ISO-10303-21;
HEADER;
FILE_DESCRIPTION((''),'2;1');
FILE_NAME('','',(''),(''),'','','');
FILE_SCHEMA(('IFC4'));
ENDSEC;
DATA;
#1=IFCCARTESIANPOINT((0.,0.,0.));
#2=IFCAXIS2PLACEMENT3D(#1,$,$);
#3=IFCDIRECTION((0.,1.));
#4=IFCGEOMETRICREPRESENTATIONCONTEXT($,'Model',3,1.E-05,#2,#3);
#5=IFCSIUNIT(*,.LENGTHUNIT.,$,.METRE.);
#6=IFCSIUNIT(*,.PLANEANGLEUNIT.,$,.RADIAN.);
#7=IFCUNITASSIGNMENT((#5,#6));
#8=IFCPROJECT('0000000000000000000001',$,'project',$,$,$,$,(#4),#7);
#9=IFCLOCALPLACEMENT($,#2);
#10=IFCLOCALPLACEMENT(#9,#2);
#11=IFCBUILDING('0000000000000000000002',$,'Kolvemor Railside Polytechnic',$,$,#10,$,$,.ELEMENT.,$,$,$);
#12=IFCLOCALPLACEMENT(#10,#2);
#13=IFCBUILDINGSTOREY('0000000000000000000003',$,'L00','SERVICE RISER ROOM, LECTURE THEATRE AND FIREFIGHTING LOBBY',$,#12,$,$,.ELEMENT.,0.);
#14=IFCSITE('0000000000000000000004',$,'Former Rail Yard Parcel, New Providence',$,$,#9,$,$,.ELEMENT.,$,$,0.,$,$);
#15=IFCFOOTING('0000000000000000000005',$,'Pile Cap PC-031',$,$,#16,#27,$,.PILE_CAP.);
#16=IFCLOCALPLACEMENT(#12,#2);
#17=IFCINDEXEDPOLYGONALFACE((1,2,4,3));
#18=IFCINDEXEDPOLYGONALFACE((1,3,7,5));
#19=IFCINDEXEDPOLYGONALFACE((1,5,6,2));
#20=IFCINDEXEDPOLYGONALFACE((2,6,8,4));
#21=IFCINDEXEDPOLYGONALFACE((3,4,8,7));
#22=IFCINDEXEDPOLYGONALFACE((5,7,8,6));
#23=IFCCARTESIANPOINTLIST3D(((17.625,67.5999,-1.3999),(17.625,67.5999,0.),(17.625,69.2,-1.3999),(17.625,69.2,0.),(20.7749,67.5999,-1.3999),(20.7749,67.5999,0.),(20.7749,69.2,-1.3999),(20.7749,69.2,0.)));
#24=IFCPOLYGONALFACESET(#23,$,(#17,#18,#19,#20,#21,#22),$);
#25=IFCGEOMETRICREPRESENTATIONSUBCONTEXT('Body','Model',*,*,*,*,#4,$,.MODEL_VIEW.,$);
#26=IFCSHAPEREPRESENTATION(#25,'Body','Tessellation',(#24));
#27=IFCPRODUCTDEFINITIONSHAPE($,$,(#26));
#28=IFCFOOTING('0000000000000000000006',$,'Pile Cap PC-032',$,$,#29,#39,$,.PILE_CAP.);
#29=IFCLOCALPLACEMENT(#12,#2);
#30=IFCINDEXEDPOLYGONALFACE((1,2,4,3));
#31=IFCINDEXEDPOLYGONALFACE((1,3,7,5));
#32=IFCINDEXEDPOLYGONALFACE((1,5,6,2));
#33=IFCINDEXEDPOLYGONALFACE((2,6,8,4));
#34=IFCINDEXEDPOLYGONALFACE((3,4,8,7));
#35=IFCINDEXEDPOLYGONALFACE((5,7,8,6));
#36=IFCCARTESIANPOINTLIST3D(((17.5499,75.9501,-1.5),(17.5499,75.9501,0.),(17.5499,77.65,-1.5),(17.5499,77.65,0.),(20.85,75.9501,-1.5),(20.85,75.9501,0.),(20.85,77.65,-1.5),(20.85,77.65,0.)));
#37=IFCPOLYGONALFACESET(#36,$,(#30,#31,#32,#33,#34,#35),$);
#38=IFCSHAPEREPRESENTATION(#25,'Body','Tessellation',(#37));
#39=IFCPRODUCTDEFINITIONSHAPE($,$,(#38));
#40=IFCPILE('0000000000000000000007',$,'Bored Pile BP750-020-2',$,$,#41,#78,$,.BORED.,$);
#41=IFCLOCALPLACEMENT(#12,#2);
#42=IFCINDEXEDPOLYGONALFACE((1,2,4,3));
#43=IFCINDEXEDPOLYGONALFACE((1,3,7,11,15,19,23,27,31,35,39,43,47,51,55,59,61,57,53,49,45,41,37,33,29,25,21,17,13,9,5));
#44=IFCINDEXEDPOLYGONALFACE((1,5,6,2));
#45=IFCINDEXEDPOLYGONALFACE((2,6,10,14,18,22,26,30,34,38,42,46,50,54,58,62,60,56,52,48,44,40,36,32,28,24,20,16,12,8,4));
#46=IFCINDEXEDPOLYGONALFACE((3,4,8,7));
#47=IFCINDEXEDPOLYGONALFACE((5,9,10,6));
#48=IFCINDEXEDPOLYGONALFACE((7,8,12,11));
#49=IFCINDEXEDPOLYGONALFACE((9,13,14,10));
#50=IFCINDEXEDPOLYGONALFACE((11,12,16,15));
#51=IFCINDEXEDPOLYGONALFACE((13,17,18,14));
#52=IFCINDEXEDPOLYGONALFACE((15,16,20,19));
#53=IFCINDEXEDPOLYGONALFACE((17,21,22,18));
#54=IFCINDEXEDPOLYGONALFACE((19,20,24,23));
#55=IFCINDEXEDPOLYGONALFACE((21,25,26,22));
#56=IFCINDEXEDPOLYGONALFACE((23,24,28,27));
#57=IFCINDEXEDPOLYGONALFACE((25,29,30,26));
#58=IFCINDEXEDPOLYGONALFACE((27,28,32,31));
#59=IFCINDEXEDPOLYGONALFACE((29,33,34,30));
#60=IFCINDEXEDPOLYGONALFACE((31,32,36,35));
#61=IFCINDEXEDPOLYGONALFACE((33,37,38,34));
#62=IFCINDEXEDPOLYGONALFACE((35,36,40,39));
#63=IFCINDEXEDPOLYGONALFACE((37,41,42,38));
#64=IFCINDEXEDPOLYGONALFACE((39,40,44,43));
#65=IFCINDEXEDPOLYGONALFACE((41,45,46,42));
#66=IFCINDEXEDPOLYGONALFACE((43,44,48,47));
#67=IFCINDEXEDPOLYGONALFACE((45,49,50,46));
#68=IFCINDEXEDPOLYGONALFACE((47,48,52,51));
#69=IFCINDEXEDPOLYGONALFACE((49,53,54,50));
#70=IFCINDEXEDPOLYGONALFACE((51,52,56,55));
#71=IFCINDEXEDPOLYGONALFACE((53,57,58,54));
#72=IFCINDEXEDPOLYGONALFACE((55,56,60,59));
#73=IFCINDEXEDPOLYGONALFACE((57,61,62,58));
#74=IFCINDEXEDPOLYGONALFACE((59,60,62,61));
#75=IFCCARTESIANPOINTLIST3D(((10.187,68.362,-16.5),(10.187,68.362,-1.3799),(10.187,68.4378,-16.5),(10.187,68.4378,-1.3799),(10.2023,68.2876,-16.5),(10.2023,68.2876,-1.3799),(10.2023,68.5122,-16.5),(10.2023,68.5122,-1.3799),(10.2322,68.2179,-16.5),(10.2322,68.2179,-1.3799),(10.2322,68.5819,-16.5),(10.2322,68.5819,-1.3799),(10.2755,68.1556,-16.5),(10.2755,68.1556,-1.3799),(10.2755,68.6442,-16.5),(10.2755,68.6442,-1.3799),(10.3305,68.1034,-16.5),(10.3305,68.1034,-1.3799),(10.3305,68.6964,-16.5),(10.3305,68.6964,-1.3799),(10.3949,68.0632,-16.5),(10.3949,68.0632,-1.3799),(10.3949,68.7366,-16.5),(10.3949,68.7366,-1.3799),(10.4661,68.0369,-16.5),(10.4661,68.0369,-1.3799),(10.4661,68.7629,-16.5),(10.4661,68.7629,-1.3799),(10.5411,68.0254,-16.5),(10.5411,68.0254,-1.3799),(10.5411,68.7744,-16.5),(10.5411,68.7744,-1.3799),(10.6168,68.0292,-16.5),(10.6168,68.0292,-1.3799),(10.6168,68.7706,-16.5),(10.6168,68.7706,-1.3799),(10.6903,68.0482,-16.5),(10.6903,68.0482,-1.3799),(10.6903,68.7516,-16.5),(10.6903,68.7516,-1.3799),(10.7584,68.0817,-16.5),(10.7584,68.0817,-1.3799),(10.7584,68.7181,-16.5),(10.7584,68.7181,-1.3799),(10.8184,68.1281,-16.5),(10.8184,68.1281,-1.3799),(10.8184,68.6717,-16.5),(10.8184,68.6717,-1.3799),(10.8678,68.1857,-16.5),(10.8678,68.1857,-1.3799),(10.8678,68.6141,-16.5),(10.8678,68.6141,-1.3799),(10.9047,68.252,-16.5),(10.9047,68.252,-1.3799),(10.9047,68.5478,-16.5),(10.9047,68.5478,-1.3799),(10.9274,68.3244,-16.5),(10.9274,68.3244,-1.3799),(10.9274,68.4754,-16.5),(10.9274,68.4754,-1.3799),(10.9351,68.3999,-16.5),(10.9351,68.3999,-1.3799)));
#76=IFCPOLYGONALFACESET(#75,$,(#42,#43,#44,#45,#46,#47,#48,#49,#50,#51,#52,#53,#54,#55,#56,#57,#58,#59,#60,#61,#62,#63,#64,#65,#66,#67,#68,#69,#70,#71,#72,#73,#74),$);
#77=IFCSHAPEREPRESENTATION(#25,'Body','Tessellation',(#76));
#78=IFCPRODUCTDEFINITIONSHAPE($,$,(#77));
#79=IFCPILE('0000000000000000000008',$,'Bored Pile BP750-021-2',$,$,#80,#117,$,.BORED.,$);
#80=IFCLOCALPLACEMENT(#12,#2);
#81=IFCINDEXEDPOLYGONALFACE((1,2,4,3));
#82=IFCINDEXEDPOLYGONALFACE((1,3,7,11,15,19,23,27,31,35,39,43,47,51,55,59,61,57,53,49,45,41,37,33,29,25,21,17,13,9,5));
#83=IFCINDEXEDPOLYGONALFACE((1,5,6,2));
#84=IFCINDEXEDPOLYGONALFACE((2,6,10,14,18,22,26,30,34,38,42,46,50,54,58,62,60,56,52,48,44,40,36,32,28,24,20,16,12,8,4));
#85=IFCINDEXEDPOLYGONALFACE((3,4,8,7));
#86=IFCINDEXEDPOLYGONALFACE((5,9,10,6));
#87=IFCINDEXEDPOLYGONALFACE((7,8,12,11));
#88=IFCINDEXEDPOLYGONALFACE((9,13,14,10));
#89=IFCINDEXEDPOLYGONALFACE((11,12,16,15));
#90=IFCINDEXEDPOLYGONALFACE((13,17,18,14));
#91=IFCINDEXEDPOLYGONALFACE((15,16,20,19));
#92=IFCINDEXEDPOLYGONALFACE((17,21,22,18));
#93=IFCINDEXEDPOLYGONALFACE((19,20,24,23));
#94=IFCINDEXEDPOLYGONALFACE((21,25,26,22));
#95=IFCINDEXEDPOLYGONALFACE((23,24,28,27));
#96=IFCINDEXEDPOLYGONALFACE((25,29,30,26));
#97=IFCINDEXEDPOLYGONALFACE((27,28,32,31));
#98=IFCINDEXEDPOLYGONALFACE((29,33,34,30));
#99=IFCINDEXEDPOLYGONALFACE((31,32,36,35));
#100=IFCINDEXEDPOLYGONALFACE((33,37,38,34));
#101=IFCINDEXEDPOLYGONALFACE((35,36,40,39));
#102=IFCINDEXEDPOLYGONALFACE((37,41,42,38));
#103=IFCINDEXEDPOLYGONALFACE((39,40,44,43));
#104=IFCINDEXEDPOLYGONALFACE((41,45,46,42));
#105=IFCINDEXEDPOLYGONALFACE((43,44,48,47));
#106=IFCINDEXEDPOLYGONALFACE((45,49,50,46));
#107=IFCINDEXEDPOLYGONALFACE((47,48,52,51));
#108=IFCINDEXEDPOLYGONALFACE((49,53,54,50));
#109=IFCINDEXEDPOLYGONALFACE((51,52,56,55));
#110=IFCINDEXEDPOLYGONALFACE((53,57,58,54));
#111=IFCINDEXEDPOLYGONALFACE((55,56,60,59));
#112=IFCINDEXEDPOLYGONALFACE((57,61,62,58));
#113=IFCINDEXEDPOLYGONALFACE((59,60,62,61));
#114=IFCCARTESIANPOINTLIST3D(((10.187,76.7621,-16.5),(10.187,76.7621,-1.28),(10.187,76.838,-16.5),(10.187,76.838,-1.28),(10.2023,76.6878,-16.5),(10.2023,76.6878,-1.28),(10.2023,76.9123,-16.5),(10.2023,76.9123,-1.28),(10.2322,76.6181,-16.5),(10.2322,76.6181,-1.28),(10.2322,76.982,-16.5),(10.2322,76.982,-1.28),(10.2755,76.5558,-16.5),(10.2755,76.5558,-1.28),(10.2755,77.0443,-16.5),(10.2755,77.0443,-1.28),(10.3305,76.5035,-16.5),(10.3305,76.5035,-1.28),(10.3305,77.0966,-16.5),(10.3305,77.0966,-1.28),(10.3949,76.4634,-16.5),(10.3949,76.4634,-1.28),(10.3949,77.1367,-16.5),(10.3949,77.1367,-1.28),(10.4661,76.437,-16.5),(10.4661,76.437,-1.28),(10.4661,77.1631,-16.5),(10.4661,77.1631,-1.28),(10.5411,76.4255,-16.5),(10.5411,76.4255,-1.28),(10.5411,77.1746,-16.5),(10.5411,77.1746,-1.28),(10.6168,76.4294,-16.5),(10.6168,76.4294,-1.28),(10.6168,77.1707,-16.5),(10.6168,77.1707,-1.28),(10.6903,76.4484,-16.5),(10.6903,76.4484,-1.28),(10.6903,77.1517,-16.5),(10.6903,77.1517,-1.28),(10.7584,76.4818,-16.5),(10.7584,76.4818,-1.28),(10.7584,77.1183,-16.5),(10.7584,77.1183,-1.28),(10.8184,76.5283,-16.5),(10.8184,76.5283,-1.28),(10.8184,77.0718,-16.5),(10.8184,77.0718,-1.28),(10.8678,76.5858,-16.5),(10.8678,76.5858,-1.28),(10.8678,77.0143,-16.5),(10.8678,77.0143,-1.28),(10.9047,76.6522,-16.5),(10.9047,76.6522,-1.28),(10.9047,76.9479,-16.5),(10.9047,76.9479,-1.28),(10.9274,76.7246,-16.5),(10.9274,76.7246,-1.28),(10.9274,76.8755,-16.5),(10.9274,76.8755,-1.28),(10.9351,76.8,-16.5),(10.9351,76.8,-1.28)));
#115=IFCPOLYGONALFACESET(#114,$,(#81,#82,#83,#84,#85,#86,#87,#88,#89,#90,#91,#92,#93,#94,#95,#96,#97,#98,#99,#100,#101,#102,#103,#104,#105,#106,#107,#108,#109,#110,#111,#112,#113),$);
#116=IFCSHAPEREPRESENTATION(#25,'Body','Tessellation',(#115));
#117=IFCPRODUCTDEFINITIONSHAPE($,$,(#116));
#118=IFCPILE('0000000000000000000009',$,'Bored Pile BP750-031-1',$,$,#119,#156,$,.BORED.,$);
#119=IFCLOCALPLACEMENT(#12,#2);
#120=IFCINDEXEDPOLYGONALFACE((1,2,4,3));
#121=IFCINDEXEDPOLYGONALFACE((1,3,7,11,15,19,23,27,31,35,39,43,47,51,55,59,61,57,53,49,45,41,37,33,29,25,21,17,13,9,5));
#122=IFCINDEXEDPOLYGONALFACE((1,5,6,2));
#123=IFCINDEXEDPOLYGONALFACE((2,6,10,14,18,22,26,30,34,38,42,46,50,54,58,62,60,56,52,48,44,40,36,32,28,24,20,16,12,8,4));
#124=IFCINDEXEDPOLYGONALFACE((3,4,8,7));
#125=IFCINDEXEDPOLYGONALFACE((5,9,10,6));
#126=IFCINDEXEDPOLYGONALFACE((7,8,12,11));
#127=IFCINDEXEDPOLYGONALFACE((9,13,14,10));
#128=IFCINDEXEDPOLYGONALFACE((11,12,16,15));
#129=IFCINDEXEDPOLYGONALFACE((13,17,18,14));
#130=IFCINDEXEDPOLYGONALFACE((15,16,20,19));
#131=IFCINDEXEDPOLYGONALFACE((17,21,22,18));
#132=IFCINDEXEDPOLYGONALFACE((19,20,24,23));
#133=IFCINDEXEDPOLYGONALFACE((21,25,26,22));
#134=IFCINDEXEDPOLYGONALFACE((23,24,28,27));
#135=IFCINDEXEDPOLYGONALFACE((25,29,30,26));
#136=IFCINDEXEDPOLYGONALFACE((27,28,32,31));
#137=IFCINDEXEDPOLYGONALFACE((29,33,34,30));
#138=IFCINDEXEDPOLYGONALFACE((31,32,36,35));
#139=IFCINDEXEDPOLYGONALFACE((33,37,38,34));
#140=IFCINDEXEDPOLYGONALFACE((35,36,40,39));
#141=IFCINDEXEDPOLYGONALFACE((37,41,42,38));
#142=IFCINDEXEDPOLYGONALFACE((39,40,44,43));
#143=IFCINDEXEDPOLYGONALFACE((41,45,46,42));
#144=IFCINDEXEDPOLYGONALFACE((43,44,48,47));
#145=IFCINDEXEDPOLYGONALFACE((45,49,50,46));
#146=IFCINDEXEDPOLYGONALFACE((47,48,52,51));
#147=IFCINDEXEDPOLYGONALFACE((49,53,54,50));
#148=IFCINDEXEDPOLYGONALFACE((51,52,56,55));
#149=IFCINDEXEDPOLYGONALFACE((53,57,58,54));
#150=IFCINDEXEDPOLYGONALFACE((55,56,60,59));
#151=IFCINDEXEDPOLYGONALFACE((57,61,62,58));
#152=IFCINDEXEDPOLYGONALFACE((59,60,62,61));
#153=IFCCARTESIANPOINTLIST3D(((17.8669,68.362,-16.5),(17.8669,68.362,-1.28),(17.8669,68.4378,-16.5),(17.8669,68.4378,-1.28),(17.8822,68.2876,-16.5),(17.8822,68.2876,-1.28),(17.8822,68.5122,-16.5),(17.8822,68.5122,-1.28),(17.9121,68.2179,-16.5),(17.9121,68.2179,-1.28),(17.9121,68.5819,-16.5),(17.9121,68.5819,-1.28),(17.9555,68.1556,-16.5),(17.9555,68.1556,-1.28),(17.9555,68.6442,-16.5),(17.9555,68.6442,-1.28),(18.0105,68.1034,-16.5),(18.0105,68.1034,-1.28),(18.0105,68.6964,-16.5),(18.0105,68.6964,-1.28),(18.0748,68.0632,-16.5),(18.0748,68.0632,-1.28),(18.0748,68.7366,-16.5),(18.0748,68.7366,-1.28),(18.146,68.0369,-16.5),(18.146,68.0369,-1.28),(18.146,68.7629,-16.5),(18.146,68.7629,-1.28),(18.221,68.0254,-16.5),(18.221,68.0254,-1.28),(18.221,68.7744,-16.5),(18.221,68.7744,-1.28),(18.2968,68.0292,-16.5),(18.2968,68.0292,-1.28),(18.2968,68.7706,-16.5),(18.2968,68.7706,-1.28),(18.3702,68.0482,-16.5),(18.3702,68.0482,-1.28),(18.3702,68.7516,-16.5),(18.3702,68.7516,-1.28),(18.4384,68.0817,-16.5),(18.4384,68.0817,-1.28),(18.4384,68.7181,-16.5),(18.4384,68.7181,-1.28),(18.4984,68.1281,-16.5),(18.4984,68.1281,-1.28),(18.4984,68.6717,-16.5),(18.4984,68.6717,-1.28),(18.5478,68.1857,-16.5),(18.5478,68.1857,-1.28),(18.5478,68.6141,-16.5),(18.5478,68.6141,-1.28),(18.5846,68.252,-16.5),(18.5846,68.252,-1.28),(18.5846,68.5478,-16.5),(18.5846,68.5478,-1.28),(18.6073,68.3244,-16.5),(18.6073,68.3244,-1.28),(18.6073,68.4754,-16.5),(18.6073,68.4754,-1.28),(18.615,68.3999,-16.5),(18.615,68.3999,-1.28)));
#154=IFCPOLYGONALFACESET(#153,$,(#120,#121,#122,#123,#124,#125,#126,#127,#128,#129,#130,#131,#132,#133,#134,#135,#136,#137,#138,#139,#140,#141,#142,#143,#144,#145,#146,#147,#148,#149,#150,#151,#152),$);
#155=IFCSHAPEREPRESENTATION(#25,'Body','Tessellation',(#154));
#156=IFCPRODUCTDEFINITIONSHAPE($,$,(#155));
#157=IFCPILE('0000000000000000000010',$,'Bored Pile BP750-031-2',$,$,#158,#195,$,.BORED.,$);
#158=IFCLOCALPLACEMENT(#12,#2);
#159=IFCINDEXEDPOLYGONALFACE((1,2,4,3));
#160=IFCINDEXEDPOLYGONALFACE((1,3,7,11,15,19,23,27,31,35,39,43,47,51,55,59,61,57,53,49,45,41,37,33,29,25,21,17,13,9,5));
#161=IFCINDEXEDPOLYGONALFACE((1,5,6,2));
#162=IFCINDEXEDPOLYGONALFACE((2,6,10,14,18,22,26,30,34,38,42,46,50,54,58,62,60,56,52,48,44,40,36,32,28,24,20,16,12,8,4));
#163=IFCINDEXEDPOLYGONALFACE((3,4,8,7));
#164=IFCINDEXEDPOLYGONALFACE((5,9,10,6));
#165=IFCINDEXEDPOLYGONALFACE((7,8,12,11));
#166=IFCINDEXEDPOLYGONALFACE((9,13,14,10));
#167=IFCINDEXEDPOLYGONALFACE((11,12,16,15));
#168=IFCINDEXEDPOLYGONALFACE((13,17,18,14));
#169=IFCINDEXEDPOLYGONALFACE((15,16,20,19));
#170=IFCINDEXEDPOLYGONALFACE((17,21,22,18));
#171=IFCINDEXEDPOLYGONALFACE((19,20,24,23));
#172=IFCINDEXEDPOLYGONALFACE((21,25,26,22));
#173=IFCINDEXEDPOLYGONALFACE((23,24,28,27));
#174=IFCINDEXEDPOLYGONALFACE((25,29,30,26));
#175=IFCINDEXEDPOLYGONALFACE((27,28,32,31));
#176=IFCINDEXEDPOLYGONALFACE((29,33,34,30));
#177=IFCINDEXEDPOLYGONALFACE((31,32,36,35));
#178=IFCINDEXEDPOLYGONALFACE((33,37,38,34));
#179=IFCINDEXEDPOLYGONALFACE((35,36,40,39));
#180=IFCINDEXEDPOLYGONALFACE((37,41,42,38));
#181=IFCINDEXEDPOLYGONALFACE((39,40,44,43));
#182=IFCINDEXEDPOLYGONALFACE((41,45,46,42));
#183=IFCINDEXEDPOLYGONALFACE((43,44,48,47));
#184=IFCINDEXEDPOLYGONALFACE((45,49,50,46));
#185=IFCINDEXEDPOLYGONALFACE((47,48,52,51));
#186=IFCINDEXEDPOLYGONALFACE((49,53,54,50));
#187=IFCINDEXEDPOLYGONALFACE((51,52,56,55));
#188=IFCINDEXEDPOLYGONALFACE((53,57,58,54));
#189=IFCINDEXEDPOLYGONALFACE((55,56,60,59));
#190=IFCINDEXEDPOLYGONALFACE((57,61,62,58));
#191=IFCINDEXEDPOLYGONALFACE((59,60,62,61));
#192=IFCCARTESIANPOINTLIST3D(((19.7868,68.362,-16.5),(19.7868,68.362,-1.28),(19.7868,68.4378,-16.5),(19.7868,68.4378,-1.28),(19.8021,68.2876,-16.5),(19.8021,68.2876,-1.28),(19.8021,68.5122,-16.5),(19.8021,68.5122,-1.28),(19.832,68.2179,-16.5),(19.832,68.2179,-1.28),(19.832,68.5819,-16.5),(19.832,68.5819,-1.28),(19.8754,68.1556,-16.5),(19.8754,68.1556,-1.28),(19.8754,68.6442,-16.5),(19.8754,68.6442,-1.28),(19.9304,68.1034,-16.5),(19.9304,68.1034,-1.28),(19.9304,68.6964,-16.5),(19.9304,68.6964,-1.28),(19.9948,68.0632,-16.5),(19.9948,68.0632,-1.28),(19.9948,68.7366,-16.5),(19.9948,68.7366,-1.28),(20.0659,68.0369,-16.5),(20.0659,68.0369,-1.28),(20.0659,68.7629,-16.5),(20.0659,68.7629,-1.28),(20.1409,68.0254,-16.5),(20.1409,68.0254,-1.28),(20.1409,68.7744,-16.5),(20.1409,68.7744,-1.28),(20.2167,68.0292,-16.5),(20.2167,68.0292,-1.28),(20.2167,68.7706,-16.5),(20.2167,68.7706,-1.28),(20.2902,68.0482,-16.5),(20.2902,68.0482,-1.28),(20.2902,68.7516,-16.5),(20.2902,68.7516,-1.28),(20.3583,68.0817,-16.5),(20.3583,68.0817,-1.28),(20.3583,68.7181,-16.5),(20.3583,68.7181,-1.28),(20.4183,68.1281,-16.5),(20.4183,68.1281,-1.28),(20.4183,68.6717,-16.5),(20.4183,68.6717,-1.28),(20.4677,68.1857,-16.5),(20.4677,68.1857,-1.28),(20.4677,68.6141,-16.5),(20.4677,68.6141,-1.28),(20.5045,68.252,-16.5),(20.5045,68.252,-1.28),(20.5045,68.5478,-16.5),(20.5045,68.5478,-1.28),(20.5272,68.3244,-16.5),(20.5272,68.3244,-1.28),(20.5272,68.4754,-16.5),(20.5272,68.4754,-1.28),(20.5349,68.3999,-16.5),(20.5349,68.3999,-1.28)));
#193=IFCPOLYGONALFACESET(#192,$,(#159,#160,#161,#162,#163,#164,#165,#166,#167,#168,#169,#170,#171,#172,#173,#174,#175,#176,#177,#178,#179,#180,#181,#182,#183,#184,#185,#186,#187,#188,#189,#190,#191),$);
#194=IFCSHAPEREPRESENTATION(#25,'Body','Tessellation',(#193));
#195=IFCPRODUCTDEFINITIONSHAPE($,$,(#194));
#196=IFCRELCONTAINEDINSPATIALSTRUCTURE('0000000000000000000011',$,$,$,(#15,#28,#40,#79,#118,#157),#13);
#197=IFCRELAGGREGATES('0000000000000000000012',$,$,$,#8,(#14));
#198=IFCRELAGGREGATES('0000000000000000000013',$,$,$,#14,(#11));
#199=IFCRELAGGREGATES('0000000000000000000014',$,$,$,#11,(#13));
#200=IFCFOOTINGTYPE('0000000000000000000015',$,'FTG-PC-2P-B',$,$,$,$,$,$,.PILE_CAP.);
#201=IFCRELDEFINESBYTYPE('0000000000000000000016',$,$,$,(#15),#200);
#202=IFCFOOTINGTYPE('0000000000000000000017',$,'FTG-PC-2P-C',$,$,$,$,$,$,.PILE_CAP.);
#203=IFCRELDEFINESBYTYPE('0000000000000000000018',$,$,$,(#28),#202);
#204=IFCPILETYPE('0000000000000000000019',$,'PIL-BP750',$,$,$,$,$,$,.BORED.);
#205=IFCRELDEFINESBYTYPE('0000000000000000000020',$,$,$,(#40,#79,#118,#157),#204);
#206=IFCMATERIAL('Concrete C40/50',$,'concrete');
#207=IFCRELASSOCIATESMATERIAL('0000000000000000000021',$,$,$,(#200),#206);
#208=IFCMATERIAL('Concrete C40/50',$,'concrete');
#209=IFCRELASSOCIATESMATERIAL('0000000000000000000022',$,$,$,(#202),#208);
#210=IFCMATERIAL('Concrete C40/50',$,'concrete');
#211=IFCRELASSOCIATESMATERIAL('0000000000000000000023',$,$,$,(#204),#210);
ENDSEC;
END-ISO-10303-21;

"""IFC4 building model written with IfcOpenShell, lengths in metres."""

from ifc_helpers import new_model, si_unit, direction, frame, origin, origin_2d, place, context, subcontext, project, spatial, rectangle, circle, extrude, material, material_profile, profile_set, type_object, element, save


model = new_model("IFC4")

# Units and contexts
model_context = context("Model", 3, precision=1e-05, world=origin(), true_north=direction((0.0, 1.0)))
body_context = subcontext(model_context, "Body", "Model", "MODEL_VIEW")
ifc_project = project(units=[si_unit("LENGTHUNIT", "METRE"), si_unit("PLANEANGLEUNIT", "RADIAN")], contexts=[model_context])

# Site, building, storey
site_placement = place(None, origin())
site = spatial("IfcSite", under=ifc_project, at=site_placement, Name="Former Rail Yard Parcel, New Providence", CompositionType="ELEMENT", RefElevation=0.0)
building_placement = place(site_placement, origin())
building = spatial("IfcBuilding", under=site, at=building_placement, Name="Kolvemor Railside Polytechnic", CompositionType="ELEMENT")
storey_placement = place(building_placement, origin())
storey = spatial("IfcBuildingStorey", under=building, at=storey_placement, Name="L00", Description="SERVICE RISER ROOM, LECTURE THEATRE AND FIREFIGHTING LOBBY", CompositionType="ELEMENT", Elevation=0.0)

# Footings
ifc_material_1 = material(Name="Concrete C40/50", Category="concrete")
footing_type_1 = type_object("IfcFootingType", Name="FTG-PC-2P-B", PredefinedType="PILE_CAP", material=ifc_material_1)
footing_1_placement = place(storey_placement, frame((19.2, 68.3999, -1.3999), z_axis=(0.0, 0.0, 1.0), x_axis=(1.0, 0.0, 0.0)))
element("IfcFooting", 1, at=footing_1_placement, inside=storey, type_object=footing_type_1, Name="Pile Cap PC-031", PredefinedType="PILE_CAP", context=body_context, shape_type="SweptSolid", body=[
    extrude(rectangle(XDim=3.1499, YDim=1.6001, at=origin_2d()), origin(), (0.0, 0.0, 1.0), 1.3999),
])
ifc_material_2 = material(Name="Concrete C40/50", Category="concrete")
footing_type_2 = type_object("IfcFootingType", Name="FTG-PC-2P-C", PredefinedType="PILE_CAP", material=ifc_material_2)
footing_2_placement = place(storey_placement, frame((19.2, 76.8, -1.5), z_axis=(0.0, 0.0, 1.0), x_axis=(1.0, 0.0, 0.0)))
element("IfcFooting", 2, at=footing_2_placement, inside=storey, type_object=footing_type_2, Name="Pile Cap PC-032", PredefinedType="PILE_CAP", context=body_context, shape_type="SweptSolid", body=[
    extrude(rectangle(XDim=3.3, YDim=1.7, at=origin_2d()), origin(), (0.0, 0.0, 1.0), 1.5),
])

# Piles
ifc_material_3 = material(Name="Concrete C40/50", Category="concrete")
ifc_material_profile_1 = material_profile(ifc_material_3, circle(Radius=0.375, at=origin_2d()), Name="BP750")
ifc_profile_set_1 = profile_set([ifc_material_profile_1], Name="Concrete C40/50")
pile_type = type_object("IfcPileType", Name="PIL-BP750", PredefinedType="BORED", material=ifc_profile_set_1)
pile_placement = place(storey_placement, frame((10.5601, 68.3999, -1.3799), z_axis=(0.0, 0.0, -1.0), x_axis=(1.0, 0.0, 0.0)))
element("IfcPile", 3, at=pile_placement, inside=storey, type_object=pile_type, Name="Bored Pile BP750-020-2", PredefinedType="BORED", context=body_context, shape_type="SweptSolid", body=[
    extrude(circle(Radius=0.375, at=origin_2d()), origin(), (0.0, 0.0, 1.0), 15.1201),
])
for number, where, z_axis, x_axis, name in (
    (4, (10.5601, 76.8, -1.28), (0.0, 0.0, -1.0), (1.0, 0.0, 0.0), "Bored Pile BP750-021-2"),
    (5, (18.24, 68.3999, -1.28), (0.0, 0.0, -1.0), (1.0, 0.0, 0.0), "Bored Pile BP750-031-1"),
    (6, (20.1599, 68.3999, -1.28), (0.0, 0.0, -1.0), (1.0, 0.0, 0.0), "Bored Pile BP750-031-2"),
):
    element("IfcPile", number, at=place(storey_placement, frame(where, z_axis=z_axis, x_axis=x_axis)), inside=storey, type_object=pile_type, Name=name, PredefinedType="BORED", context=body_context, shape_type="SweptSolid", body=[
        extrude(circle(Radius=0.375, at=origin_2d()), origin(), (0.0, 0.0, 1.0), 15.22),
    ])

save(model, "model.ifc")
